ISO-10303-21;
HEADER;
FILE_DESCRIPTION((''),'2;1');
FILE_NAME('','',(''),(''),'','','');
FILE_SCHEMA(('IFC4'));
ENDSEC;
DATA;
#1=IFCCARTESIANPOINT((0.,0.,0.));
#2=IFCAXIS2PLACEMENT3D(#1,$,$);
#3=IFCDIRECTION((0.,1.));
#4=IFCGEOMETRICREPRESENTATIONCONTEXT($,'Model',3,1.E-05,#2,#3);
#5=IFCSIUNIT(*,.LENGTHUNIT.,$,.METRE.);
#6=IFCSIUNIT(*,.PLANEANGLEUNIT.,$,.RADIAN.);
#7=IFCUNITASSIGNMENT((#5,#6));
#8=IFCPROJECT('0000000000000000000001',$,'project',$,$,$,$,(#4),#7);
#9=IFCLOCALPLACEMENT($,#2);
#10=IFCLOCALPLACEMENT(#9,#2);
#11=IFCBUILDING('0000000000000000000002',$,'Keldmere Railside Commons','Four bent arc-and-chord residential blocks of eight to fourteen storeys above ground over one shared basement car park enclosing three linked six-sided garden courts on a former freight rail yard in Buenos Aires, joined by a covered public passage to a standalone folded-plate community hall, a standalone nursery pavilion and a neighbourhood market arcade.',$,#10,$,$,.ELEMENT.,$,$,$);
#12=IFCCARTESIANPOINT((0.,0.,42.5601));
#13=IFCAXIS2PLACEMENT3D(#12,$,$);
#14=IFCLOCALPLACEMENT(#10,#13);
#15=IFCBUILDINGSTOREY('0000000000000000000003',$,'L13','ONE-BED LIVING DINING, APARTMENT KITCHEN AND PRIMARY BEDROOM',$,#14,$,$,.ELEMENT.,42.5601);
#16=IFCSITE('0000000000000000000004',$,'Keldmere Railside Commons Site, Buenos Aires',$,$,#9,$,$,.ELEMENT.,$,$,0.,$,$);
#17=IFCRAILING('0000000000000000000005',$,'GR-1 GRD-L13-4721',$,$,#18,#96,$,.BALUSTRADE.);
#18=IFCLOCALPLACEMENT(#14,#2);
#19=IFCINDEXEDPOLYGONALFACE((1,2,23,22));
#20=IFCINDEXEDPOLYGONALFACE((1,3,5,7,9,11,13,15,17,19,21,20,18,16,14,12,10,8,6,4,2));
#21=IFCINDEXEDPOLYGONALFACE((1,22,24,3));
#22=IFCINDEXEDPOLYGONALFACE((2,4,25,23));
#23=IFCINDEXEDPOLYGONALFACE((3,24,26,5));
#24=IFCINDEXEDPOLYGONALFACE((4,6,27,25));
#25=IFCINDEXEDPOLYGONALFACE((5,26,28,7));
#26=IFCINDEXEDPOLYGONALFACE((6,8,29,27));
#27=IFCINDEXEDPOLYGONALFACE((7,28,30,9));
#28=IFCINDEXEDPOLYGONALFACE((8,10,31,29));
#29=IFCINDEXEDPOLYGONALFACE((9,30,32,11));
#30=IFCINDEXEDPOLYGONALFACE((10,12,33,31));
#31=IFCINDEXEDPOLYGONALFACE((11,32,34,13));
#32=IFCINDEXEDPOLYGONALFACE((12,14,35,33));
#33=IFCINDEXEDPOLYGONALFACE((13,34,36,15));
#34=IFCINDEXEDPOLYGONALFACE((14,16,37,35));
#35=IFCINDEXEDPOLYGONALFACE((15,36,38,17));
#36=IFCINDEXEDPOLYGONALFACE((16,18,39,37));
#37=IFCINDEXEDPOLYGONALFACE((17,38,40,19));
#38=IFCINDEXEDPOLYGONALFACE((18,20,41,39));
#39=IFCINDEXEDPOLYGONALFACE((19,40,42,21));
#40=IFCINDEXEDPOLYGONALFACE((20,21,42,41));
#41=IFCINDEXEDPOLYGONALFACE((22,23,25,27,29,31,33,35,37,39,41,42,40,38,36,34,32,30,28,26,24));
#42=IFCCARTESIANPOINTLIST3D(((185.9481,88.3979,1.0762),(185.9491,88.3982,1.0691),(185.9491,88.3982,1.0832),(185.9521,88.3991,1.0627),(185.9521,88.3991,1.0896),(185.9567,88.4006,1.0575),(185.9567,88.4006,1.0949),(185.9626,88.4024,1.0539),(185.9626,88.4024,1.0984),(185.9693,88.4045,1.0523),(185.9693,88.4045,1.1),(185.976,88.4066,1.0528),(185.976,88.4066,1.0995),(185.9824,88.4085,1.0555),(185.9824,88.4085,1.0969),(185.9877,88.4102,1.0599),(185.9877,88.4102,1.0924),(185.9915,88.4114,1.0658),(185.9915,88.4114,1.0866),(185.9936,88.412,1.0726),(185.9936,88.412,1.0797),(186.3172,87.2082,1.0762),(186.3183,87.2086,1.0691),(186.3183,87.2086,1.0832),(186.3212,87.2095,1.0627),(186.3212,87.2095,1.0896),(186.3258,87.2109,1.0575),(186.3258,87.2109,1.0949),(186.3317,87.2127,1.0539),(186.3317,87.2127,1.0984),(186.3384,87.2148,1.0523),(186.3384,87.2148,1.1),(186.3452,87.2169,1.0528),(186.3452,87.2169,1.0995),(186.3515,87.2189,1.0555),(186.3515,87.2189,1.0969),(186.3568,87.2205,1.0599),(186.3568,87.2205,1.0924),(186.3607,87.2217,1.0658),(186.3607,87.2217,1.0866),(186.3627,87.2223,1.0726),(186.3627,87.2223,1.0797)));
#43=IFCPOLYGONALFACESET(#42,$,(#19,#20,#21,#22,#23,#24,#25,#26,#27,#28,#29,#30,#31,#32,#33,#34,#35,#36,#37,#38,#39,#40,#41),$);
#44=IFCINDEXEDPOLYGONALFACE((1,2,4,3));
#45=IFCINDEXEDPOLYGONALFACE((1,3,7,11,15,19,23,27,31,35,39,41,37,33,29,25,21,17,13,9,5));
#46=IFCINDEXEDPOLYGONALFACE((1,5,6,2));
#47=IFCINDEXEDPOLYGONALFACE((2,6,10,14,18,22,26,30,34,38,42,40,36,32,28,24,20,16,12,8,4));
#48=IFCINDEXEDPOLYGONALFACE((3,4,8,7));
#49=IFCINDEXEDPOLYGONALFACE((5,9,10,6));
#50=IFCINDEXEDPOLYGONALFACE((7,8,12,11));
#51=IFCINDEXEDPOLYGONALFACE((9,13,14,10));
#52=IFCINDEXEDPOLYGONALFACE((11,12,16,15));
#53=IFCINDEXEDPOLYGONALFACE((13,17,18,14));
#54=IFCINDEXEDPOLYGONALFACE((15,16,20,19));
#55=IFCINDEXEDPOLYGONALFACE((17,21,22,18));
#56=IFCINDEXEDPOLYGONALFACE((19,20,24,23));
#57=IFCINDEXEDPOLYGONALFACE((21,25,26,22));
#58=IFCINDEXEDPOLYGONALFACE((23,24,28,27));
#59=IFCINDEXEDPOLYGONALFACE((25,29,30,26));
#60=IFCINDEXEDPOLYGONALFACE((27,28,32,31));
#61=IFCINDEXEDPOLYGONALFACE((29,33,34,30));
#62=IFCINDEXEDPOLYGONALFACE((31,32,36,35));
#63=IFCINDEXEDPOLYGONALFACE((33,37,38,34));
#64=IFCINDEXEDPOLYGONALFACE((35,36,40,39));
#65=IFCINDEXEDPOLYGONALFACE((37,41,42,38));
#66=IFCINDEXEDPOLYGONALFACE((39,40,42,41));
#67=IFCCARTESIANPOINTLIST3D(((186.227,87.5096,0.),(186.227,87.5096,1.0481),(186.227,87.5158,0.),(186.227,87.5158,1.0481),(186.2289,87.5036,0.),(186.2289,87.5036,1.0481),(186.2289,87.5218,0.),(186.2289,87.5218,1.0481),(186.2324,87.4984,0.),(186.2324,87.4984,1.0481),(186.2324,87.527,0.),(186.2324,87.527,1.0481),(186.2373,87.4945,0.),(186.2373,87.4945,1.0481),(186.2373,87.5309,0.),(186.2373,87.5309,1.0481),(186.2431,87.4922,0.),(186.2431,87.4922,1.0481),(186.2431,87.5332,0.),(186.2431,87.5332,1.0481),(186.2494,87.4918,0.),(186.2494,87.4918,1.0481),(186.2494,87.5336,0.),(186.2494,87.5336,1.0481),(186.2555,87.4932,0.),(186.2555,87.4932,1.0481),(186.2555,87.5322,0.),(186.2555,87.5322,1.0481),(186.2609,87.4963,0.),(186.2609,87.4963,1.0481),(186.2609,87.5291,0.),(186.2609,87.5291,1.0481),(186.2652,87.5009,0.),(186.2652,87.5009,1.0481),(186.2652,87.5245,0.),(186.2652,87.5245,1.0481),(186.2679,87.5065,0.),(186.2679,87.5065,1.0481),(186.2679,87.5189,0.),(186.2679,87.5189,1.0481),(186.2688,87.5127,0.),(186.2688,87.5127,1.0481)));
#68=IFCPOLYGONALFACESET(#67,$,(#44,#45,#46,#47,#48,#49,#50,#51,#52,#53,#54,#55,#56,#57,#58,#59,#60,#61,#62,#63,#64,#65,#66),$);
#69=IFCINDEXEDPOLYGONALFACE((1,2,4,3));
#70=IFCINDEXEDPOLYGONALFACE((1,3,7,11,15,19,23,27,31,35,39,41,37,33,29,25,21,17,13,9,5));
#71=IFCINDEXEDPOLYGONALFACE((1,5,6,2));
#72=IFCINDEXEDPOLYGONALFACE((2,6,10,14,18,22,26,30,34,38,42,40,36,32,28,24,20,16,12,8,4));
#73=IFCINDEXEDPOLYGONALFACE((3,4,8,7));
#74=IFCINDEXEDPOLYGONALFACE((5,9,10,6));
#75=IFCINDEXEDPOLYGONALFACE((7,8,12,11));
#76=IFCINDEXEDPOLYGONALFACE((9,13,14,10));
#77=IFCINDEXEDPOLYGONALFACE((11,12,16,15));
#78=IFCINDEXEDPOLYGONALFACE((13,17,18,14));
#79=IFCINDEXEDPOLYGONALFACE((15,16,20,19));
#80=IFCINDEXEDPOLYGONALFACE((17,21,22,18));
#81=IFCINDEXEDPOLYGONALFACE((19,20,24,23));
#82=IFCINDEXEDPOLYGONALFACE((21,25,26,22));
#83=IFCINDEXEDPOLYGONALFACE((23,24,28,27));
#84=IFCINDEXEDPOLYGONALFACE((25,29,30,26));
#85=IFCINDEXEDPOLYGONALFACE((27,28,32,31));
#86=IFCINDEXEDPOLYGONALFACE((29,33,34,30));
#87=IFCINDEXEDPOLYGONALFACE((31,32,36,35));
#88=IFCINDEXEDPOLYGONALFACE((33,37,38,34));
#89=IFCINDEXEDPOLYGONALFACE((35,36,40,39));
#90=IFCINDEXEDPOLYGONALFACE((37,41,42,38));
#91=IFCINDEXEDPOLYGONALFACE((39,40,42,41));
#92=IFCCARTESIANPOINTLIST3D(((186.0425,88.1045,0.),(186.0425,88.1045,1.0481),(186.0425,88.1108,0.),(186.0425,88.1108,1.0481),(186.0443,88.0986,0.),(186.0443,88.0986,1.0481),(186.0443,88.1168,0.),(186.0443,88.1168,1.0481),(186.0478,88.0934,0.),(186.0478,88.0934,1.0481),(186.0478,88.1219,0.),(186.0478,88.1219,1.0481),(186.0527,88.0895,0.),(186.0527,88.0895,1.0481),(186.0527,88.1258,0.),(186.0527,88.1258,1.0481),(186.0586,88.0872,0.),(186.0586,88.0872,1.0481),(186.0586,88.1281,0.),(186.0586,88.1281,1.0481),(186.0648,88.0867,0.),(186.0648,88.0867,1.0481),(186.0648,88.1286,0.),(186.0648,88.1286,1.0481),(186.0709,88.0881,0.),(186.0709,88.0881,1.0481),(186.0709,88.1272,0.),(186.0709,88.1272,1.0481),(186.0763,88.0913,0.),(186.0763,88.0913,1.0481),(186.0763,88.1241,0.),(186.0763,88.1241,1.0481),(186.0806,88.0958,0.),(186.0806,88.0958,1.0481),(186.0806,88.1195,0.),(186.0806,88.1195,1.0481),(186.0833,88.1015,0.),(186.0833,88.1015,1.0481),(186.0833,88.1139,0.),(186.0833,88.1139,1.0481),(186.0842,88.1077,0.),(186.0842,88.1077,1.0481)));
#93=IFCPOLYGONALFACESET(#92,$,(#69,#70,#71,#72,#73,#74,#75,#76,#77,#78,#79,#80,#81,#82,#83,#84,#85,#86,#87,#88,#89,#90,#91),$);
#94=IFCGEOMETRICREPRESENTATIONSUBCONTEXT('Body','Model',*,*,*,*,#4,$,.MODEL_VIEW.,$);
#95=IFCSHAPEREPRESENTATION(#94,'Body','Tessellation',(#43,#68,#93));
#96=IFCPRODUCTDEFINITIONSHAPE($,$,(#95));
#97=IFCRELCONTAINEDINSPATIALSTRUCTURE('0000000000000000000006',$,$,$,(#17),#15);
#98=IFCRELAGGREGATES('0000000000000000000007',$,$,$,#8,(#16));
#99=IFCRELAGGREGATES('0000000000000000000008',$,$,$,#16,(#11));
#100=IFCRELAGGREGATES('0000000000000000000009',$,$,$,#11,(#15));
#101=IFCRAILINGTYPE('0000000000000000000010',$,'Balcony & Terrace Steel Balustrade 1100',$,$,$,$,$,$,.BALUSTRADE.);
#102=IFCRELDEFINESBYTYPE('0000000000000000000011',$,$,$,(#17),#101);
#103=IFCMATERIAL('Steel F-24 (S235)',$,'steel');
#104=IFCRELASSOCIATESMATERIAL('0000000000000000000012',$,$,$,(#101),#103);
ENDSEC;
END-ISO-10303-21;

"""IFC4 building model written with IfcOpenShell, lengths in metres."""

from ifc_helpers import new_model, si_unit, direction, frame, origin, origin_2d, place, context, subcontext, project, spatial, circle, extrude, material, type_object, element, save


model = new_model("IFC4")

# Units and contexts
model_context = context("Model", 3, precision=1e-05, world=origin(), true_north=direction((0.0, 1.0)))
body_context = subcontext(model_context, "Body", "Model", "MODEL_VIEW")
ifc_project = project(units=[si_unit("LENGTHUNIT", "METRE"), si_unit("PLANEANGLEUNIT", "RADIAN")], contexts=[model_context])

# Site, building, storey
site_placement = place(None, origin())
site = spatial("IfcSite", under=ifc_project, at=site_placement, Name="Keldmere Railside Commons Site, Buenos Aires", CompositionType="ELEMENT", RefElevation=0.0)
building_placement = place(site_placement, origin())
building = spatial("IfcBuilding", under=site, at=building_placement, Name="Keldmere Railside Commons", Description="Four bent arc-and-chord residential blocks of eight to fourteen storeys above ground over one shared basement car park enclosing three linked six-sided garden courts on a former freight rail yard in Buenos Aires, joined by a covered public passage to a standalone folded-plate community hall, a standalone nursery pavilion and a neighbourhood market arcade.", CompositionType="ELEMENT")
storey_placement = place(building_placement, frame((0.0, 0.0, 42.5601)))
storey = spatial("IfcBuildingStorey", under=building, at=storey_placement, Name="L13", Description="ONE-BED LIVING DINING, APARTMENT KITCHEN AND PRIMARY BEDROOM", CompositionType="ELEMENT", Elevation=42.5601)

# Railing
ifc_material_1 = material(Name="Steel F-24 (S235)", Category="steel")
railing_type = type_object("IfcRailingType", Name="Balcony & Terrace Steel Balustrade 1100", PredefinedType="BALUSTRADE", material=ifc_material_1)
railing_1_placement = place(storey_placement, frame((186.3401, 87.2153, 0.0)))
element("IfcRailing", 1, at=railing_1_placement, inside=storey, type_object=railing_type, Name="GR-1 GRD-L13-4721", PredefinedType="BALUSTRADE", context=body_context, shape_type="SweptSolid", body=[
    extrude(circle(Radius=0.0239, at=origin_2d()), frame((0.0, 0.0, 1.0762), z_axis=(-0.296344, 0.955081, 0.0), x_axis=(-0.955081, -0.296344, 0.0)), (0.0, 0.0, 1.0), 1.2456),
    extrude(circle(Radius=0.021, at=origin_2d()), frame((-0.0923, 0.2974, 0.0)), (0.0, 0.0, 1.0), 1.0481),
    extrude(circle(Radius=0.021, at=origin_2d()), frame((-0.2769, 0.8923, 0.0)), (0.0, 0.0, 1.0), 1.0481),
])

save(model, "model.ifc")
